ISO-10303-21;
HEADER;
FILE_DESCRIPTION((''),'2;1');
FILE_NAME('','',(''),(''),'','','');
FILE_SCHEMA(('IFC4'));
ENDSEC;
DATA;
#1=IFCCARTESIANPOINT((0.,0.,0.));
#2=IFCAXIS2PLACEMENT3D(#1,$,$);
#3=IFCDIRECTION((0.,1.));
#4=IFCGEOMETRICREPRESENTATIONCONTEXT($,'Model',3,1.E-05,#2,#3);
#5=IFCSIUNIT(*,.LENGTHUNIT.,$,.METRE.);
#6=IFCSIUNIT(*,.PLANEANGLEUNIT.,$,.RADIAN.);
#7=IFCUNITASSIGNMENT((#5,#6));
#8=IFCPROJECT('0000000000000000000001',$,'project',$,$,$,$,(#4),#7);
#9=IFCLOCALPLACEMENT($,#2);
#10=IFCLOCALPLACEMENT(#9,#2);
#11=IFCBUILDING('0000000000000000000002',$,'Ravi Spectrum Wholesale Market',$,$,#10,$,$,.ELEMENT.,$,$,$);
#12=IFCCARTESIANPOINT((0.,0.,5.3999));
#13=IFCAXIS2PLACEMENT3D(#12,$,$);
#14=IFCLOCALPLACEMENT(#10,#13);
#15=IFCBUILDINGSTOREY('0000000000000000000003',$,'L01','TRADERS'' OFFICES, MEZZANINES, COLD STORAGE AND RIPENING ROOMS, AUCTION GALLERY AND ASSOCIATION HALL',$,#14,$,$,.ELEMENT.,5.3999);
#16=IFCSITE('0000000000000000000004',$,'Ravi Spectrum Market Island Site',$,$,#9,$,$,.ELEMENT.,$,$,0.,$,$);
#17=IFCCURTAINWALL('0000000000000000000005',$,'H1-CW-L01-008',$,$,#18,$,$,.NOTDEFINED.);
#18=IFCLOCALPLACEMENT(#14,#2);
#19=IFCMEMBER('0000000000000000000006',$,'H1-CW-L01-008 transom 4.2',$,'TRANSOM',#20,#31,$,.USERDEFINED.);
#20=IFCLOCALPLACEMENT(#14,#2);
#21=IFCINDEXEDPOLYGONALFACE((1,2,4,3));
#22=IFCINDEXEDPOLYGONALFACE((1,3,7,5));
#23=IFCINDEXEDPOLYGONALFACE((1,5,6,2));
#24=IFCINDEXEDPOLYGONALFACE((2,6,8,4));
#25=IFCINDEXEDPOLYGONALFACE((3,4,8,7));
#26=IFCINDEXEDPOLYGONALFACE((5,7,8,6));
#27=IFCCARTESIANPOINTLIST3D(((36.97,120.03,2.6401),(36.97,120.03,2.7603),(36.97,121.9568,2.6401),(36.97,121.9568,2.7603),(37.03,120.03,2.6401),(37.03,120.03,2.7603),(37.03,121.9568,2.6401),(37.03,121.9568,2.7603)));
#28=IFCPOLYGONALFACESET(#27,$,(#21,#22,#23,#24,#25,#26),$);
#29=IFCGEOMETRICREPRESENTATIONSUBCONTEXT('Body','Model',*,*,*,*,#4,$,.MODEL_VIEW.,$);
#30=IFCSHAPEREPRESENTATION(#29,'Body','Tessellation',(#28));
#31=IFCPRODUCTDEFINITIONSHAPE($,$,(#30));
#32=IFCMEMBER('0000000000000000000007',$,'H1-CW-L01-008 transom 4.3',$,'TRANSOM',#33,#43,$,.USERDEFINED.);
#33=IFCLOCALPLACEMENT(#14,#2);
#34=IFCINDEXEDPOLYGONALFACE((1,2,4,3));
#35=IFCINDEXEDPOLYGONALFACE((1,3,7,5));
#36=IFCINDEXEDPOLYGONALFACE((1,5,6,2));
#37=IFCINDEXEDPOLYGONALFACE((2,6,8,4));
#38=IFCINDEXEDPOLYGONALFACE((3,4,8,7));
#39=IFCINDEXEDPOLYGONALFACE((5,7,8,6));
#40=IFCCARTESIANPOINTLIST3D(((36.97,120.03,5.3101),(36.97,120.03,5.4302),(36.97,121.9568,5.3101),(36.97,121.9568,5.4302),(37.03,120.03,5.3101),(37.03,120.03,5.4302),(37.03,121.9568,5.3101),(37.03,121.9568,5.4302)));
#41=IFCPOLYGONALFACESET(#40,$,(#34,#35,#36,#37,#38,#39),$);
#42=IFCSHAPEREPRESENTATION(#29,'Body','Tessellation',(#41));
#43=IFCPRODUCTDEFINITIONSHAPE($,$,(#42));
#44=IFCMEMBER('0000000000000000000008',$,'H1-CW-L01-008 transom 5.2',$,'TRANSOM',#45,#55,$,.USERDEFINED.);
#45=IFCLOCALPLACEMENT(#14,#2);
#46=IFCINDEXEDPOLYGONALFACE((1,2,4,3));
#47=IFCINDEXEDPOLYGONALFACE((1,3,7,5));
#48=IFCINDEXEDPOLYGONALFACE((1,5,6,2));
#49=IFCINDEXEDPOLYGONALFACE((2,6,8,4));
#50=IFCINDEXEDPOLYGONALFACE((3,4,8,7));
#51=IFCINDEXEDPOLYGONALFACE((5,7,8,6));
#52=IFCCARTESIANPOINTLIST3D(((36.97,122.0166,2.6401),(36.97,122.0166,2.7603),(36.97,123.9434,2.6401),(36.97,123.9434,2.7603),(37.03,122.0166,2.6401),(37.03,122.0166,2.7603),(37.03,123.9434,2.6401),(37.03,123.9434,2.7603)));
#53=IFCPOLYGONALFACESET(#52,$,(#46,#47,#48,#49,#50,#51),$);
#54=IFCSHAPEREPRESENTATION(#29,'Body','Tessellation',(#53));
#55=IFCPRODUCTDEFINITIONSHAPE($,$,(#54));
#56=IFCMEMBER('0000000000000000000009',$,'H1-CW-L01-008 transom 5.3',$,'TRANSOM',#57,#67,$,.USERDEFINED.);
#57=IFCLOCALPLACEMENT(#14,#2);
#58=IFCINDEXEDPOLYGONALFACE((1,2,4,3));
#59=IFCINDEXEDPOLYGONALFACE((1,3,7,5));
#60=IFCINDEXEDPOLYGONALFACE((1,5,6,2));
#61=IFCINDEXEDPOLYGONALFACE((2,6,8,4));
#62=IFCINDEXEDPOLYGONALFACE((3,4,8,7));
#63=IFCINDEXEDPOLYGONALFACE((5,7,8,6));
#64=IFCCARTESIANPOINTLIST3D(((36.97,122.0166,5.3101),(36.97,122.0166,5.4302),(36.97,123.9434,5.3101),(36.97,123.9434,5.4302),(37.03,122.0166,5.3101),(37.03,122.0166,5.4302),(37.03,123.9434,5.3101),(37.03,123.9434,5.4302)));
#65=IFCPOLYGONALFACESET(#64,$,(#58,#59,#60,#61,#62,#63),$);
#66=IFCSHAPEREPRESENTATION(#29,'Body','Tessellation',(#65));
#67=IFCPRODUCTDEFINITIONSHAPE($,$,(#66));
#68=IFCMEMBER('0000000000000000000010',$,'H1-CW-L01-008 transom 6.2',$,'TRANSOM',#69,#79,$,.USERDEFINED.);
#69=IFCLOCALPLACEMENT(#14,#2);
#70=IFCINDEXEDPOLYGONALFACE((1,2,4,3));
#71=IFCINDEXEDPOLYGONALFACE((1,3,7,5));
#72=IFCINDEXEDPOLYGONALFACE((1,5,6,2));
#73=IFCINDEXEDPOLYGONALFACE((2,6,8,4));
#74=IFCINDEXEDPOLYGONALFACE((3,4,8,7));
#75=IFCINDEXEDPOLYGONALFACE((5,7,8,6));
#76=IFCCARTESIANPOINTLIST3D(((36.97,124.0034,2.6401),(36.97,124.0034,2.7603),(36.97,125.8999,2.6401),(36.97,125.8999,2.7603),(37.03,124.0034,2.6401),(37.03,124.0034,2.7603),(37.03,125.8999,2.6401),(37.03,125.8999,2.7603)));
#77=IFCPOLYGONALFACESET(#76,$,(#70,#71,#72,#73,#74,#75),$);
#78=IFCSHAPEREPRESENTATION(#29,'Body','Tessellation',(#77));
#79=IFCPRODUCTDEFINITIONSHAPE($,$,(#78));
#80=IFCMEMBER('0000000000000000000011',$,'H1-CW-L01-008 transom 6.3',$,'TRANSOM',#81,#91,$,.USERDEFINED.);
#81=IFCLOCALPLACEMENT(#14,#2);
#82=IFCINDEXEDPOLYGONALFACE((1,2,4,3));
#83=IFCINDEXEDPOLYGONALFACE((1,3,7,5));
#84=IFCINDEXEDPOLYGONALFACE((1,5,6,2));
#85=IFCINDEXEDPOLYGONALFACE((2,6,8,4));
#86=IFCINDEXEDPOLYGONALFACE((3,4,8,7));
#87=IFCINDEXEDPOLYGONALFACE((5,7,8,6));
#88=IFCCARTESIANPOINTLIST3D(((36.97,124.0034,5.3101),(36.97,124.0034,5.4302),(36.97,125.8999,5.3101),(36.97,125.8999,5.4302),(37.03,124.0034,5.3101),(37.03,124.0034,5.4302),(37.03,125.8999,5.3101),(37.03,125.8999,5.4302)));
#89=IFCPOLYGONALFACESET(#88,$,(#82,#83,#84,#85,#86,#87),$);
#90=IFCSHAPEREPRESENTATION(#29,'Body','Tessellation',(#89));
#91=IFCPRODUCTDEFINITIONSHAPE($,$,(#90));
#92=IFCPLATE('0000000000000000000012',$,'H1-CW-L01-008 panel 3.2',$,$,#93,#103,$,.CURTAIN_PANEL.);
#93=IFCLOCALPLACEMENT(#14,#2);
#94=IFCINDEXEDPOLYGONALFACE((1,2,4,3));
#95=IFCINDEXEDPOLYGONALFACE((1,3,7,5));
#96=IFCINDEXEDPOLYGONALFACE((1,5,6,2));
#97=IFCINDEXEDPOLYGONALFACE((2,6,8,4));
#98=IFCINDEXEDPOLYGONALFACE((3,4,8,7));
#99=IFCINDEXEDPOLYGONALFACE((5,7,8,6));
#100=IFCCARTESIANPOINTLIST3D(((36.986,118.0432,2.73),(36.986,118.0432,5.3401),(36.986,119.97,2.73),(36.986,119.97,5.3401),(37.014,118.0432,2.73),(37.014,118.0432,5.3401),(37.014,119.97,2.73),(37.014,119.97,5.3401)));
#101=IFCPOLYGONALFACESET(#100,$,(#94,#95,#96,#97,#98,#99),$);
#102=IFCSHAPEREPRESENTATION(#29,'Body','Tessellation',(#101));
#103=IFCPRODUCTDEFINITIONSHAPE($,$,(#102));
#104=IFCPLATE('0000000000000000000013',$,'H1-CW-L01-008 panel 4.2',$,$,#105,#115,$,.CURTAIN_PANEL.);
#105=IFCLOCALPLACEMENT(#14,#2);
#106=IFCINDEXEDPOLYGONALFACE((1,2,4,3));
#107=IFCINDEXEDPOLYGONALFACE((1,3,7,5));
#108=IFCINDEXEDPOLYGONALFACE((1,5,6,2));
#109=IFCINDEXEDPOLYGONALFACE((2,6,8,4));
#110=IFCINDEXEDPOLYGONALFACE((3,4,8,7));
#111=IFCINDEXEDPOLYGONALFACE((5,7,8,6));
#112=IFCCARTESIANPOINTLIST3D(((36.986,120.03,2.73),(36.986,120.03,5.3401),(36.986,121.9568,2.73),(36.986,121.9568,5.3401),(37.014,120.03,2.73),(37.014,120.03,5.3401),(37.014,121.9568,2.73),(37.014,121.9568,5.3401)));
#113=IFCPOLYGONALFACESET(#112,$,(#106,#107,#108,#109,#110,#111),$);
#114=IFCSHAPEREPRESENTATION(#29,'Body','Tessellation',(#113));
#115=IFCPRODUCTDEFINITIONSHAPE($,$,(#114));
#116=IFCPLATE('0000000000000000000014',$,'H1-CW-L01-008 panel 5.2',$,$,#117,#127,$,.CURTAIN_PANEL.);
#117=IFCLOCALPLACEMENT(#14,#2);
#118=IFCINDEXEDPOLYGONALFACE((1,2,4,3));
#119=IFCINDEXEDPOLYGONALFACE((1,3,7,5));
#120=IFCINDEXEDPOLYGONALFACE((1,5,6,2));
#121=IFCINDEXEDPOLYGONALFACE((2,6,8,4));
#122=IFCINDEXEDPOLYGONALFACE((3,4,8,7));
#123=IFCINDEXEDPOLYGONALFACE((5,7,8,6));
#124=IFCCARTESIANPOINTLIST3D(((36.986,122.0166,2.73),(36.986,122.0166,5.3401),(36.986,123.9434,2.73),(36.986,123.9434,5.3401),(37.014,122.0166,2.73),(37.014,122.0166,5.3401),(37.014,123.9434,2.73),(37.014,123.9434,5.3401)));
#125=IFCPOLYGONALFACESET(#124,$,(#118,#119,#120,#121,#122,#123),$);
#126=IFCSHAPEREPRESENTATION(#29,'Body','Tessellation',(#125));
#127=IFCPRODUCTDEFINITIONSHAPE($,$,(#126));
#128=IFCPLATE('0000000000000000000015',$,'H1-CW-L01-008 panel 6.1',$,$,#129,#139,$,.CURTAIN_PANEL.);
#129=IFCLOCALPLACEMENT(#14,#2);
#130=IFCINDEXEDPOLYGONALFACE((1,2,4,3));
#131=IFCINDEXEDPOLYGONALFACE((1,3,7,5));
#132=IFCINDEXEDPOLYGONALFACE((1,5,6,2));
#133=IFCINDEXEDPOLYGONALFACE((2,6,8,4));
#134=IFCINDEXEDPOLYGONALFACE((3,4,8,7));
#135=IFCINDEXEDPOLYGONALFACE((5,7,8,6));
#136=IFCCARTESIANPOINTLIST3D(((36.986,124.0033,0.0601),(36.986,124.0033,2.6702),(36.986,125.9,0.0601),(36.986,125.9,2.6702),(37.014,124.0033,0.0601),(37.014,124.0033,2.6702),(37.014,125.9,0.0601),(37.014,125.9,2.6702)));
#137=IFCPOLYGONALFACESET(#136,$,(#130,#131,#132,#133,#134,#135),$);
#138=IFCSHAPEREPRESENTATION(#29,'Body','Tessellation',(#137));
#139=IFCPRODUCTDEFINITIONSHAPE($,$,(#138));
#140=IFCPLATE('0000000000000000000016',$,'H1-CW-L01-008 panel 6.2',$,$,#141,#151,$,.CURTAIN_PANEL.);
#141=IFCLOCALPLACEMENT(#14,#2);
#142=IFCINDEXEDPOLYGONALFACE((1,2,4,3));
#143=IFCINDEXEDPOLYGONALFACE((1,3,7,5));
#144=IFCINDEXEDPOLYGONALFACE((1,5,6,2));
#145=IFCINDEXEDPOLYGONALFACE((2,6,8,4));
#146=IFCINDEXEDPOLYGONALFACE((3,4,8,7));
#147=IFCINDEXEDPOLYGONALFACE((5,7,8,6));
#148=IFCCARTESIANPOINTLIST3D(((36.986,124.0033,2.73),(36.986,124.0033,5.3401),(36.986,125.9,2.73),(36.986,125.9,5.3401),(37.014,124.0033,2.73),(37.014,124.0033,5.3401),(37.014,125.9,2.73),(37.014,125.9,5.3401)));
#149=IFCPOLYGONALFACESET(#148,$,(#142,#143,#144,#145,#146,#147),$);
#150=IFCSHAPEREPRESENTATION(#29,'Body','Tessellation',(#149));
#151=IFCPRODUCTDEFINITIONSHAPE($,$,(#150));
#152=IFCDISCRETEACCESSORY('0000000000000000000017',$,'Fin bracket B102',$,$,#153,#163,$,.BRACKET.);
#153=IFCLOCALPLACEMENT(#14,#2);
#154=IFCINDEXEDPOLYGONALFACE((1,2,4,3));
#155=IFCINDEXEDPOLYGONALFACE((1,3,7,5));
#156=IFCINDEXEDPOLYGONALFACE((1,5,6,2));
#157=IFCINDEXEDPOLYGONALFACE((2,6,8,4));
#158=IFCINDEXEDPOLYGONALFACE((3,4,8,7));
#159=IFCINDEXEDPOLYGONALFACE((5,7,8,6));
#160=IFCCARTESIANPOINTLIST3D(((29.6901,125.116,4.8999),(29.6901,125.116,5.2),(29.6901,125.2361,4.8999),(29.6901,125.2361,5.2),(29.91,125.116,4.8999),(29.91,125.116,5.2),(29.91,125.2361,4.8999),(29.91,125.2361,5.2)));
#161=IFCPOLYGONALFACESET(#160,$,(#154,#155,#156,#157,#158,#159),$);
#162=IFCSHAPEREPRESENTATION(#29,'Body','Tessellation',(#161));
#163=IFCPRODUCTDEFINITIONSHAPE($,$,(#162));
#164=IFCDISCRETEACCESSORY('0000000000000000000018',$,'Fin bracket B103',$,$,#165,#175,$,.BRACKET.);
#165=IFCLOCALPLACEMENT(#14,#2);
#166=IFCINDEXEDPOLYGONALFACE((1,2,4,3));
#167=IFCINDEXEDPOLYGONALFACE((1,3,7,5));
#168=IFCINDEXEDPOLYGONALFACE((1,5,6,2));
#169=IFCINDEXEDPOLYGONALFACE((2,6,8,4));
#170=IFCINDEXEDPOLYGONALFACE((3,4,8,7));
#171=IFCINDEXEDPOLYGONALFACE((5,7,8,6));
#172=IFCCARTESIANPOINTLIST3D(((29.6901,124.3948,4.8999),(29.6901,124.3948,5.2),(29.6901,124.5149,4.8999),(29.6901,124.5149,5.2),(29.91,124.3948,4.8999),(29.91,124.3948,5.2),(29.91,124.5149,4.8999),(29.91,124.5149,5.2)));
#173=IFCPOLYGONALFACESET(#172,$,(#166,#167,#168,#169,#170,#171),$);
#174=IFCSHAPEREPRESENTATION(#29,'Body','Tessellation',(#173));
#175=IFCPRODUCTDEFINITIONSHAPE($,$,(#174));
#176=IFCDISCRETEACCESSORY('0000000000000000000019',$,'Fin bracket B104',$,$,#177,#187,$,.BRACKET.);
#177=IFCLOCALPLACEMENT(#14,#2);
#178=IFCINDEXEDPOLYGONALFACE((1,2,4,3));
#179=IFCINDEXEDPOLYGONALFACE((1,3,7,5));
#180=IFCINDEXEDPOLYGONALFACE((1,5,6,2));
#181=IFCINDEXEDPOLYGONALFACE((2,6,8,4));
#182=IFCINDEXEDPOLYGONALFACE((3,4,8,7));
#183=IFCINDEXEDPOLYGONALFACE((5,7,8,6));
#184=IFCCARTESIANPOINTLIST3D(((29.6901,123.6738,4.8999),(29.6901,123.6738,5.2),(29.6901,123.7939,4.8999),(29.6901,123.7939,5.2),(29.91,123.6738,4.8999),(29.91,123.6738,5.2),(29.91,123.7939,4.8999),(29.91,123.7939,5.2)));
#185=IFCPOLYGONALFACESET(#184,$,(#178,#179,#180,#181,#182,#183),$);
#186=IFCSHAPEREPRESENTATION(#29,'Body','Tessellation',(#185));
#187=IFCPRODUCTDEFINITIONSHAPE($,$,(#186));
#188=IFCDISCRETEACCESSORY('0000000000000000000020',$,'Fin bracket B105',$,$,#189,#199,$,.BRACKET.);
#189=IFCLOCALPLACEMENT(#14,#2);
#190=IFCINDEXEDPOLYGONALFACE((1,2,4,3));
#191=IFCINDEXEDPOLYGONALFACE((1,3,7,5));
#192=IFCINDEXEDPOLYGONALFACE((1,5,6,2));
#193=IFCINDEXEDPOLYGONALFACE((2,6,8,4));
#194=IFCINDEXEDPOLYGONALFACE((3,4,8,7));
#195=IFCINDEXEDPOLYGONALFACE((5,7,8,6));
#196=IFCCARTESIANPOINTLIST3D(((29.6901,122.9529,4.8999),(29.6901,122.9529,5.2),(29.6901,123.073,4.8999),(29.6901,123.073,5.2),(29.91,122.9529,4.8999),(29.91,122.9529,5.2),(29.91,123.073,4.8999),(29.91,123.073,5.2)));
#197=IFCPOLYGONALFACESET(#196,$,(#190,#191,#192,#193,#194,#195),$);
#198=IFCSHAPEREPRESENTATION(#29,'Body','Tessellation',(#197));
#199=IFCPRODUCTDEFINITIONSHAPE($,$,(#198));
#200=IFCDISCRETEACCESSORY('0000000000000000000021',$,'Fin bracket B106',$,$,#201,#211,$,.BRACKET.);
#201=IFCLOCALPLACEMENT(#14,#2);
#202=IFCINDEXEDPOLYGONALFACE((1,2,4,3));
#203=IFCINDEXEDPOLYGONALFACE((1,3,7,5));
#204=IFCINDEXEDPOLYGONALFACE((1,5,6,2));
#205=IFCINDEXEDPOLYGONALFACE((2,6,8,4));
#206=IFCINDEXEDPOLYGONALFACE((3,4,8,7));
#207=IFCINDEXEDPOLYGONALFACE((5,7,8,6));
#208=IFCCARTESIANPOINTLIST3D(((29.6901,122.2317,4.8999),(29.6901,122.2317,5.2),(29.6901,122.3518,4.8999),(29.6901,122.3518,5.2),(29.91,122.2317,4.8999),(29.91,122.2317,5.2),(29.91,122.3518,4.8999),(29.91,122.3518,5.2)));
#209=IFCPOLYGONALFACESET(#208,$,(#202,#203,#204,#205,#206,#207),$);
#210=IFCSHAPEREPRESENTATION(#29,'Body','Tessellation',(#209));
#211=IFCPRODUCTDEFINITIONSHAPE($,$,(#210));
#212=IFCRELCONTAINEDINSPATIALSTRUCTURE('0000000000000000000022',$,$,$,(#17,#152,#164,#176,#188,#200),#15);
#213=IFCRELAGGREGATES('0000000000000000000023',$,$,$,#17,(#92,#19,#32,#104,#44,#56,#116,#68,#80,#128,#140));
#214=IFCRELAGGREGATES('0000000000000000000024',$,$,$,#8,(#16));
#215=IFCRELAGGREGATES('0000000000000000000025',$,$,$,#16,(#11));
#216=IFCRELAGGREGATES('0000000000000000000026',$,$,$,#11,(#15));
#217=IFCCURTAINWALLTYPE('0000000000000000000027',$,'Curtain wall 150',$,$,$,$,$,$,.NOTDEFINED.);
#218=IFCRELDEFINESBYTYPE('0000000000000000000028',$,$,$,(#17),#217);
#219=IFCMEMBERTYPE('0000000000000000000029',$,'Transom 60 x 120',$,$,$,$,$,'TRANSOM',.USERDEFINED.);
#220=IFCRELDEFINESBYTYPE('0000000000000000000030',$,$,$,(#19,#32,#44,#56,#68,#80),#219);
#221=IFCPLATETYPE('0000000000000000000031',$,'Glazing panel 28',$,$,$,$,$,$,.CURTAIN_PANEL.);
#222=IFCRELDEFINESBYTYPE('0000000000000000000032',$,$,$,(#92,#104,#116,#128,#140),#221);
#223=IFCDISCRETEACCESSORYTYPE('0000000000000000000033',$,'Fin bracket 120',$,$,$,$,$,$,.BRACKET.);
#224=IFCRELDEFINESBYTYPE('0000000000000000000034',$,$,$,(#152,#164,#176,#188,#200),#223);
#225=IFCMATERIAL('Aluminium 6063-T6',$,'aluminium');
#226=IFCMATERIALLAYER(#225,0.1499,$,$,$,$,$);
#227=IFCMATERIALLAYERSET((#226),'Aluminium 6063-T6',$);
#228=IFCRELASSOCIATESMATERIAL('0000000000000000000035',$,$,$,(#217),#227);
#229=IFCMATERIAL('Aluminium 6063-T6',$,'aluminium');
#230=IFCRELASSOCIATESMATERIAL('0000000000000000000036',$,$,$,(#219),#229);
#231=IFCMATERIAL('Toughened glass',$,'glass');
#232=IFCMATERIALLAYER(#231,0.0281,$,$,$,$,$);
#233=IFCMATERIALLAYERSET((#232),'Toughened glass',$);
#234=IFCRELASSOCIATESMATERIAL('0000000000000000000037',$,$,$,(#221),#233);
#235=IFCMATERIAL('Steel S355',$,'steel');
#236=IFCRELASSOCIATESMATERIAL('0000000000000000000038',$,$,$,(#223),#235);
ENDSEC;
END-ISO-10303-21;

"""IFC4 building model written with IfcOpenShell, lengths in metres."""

from ifc_helpers import new_model, si_unit, direction, frame, origin, origin_2d, place, context, subcontext, project, spatial, rectangle, extrude, material, layer, layer_set, material_profile, profile_set, type_object, element, aggregate, save


model = new_model("IFC4")

# Units and contexts
model_context = context("Model", 3, precision=1e-05, world=origin(), true_north=direction((0.0, 1.0)))
body_context = subcontext(model_context, "Body", "Model", "MODEL_VIEW")
ifc_project = project(units=[si_unit("LENGTHUNIT", "METRE"), si_unit("PLANEANGLEUNIT", "RADIAN")], contexts=[model_context])

# Site, building, storey
site_placement = place(None, origin())
site = spatial("IfcSite", under=ifc_project, at=site_placement, Name="Ravi Spectrum Market Island Site", CompositionType="ELEMENT", RefElevation=0.0)
building_placement = place(site_placement, origin())
building = spatial("IfcBuilding", under=site, at=building_placement, Name="Ravi Spectrum Wholesale Market", CompositionType="ELEMENT")
storey_placement = place(building_placement, frame((0.0, 0.0, 5.3999)))
storey = spatial("IfcBuildingStorey", under=building, at=storey_placement, Name="L01", Description="TRADERS' OFFICES, MEZZANINES, COLD STORAGE AND RIPENING ROOMS, AUCTION GALLERY AND ASSOCIATION HALL", CompositionType="ELEMENT", Elevation=5.3999)

# Curtain wall, members, plates
ifc_material_1 = material(Name="Aluminium 6063-T6", Category="aluminium")
ifc_layer_1 = layer(ifc_material_1, 0.1499)
ifc_layer_set_1 = layer_set([ifc_layer_1], Name="Aluminium 6063-T6")
curtain_wall_type = type_object("IfcCurtainWallType", Name="Curtain wall 150", PredefinedType="NOTDEFINED", material=ifc_layer_set_1)
curtain_wall_placement = place(storey_placement, origin())
curtain_wall = element("IfcCurtainWall", 1, at=curtain_wall_placement, inside=storey, type_object=curtain_wall_type, Name="H1-CW-L01-008", PredefinedType="NOTDEFINED")
ifc_material_2 = material(Name="Aluminium 6063-T6", Category="aluminium")
ifc_material_profile_1 = material_profile(ifc_material_2, rectangle(XDim=0.0601, YDim=0.1201, at=origin_2d()))
ifc_profile_set_1 = profile_set([ifc_material_profile_1], Name="Aluminium 6063-T6")
member_type = type_object("IfcMemberType", Name="Transom 60 x 120", ElementType="TRANSOM", PredefinedType="USERDEFINED", material=ifc_profile_set_1)
member_1_placement = place(storey_placement, frame((37.0, 120.03, 2.7002), z_axis=(0.0, 1.0, 0.0), x_axis=(-1.0, 0.0, 0.0)))
member_1 = element("IfcMember", 2, at=member_1_placement, type_object=member_type, Name="H1-CW-L01-008 transom 4.2", ObjectType="TRANSOM", PredefinedType="USERDEFINED", context=body_context, shape_type="SweptSolid", body=[
    extrude(rectangle(XDim=0.0601, YDim=0.1201, at=origin_2d()), origin(), (0.0, 0.0, 1.0), 1.9268),
])
member_2_placement = place(storey_placement, frame((37.0, 120.03, 5.3701), z_axis=(0.0, 1.0, 0.0), x_axis=(-1.0, 0.0, 0.0)))
member_2 = element("IfcMember", 3, at=member_2_placement, type_object=member_type, Name="H1-CW-L01-008 transom 4.3", ObjectType="TRANSOM", PredefinedType="USERDEFINED", context=body_context, shape_type="SweptSolid", body=[
    extrude(rectangle(XDim=0.0601, YDim=0.1201, at=origin_2d()), origin(), (0.0, 0.0, 1.0), 1.9268),
])
member_3_placement = place(storey_placement, frame((37.0, 122.0166, 2.7002), z_axis=(0.0, 1.0, 0.0), x_axis=(-1.0, 0.0, 0.0)))
member_3 = element("IfcMember", 4, at=member_3_placement, type_object=member_type, Name="H1-CW-L01-008 transom 5.2", ObjectType="TRANSOM", PredefinedType="USERDEFINED", context=body_context, shape_type="SweptSolid", body=[
    extrude(rectangle(XDim=0.0601, YDim=0.1201, at=origin_2d()), origin(), (0.0, 0.0, 1.0), 1.9268),
])
member_4_placement = place(storey_placement, frame((37.0, 122.0166, 5.3701), z_axis=(0.0, 1.0, 0.0), x_axis=(-1.0, 0.0, 0.0)))
member_4 = element("IfcMember", 5, at=member_4_placement, type_object=member_type, Name="H1-CW-L01-008 transom 5.3", ObjectType="TRANSOM", PredefinedType="USERDEFINED", context=body_context, shape_type="SweptSolid", body=[
    extrude(rectangle(XDim=0.0601, YDim=0.1201, at=origin_2d()), origin(), (0.0, 0.0, 1.0), 1.9268),
])
member_5_placement = place(storey_placement, frame((37.0, 124.0034, 2.7002), z_axis=(0.0, 1.0, 0.0), x_axis=(-1.0, 0.0, 0.0)))
member_5 = element("IfcMember", 6, at=member_5_placement, type_object=member_type, Name="H1-CW-L01-008 transom 6.2", ObjectType="TRANSOM", PredefinedType="USERDEFINED", context=body_context, shape_type="SweptSolid", body=[
    extrude(rectangle(XDim=0.0601, YDim=0.1201, at=origin_2d()), origin(), (0.0, 0.0, 1.0), 1.8965),
])
member_6_placement = place(storey_placement, frame((37.0, 124.0034, 5.3701), z_axis=(0.0, 1.0, 0.0), x_axis=(-1.0, 0.0, 0.0)))
member_6 = element("IfcMember", 7, at=member_6_placement, type_object=member_type, Name="H1-CW-L01-008 transom 6.3", ObjectType="TRANSOM", PredefinedType="USERDEFINED", context=body_context, shape_type="SweptSolid", body=[
    extrude(rectangle(XDim=0.0601, YDim=0.1201, at=origin_2d()), origin(), (0.0, 0.0, 1.0), 1.8965),
])
ifc_material_3 = material(Name="Toughened glass", Category="glass")
ifc_layer_2 = layer(ifc_material_3, 0.0281)
ifc_layer_set_2 = layer_set([ifc_layer_2], Name="Toughened glass")
plate_type = type_object("IfcPlateType", Name="Glazing panel 28", PredefinedType="CURTAIN_PANEL", material=ifc_layer_set_2)
plate_1_placement = place(storey_placement, frame((37.0, 119.0066, 2.73), z_axis=(0.0, 0.0, 1.0), x_axis=(0.0, 1.0, 0.0)))
plate_1 = element("IfcPlate", 8, at=plate_1_placement, type_object=plate_type, Name="H1-CW-L01-008 panel 3.2", PredefinedType="CURTAIN_PANEL", context=body_context, shape_type="SweptSolid", body=[
    extrude(rectangle(XDim=1.9268, YDim=0.0281, at=origin_2d()), origin(), (0.0, 0.0, 1.0), 2.6101),
])
plate_2_placement = place(storey_placement, frame((37.0, 120.9934, 2.73), z_axis=(0.0, 0.0, 1.0), x_axis=(0.0, 1.0, 0.0)))
plate_2 = element("IfcPlate", 9, at=plate_2_placement, type_object=plate_type, Name="H1-CW-L01-008 panel 4.2", PredefinedType="CURTAIN_PANEL", context=body_context, shape_type="SweptSolid", body=[
    extrude(rectangle(XDim=1.9268, YDim=0.0281, at=origin_2d()), origin(), (0.0, 0.0, 1.0), 2.6101),
])
plate_3_placement = place(storey_placement, frame((37.0, 122.98, 2.73), z_axis=(0.0, 0.0, 1.0), x_axis=(0.0, 1.0, 0.0)))
plate_3 = element("IfcPlate", 10, at=plate_3_placement, type_object=plate_type, Name="H1-CW-L01-008 panel 5.2", PredefinedType="CURTAIN_PANEL", context=body_context, shape_type="SweptSolid", body=[
    extrude(rectangle(XDim=1.9268, YDim=0.0281, at=origin_2d()), origin(), (0.0, 0.0, 1.0), 2.6101),
])
plate_4_placement = place(storey_placement, frame((37.0, 124.9517, 0.0601), z_axis=(0.0, 0.0, 1.0), x_axis=(0.0, 1.0, 0.0)))
plate_4 = element("IfcPlate", 11, at=plate_4_placement, type_object=plate_type, Name="H1-CW-L01-008 panel 6.1", PredefinedType="CURTAIN_PANEL", context=body_context, shape_type="SweptSolid", body=[
    extrude(rectangle(XDim=1.8967, YDim=0.0281, at=origin_2d()), origin(), (0.0, 0.0, 1.0), 2.6101),
])
plate_5_placement = place(storey_placement, frame((37.0, 124.9517, 2.73), z_axis=(0.0, 0.0, 1.0), x_axis=(0.0, 1.0, 0.0)))
plate_5 = element("IfcPlate", 12, at=plate_5_placement, type_object=plate_type, Name="H1-CW-L01-008 panel 6.2", PredefinedType="CURTAIN_PANEL", context=body_context, shape_type="SweptSolid", body=[
    extrude(rectangle(XDim=1.8967, YDim=0.0281, at=origin_2d()), origin(), (0.0, 0.0, 1.0), 2.6101),
])
aggregate(curtain_wall, [plate_1, member_1, member_2, plate_2, member_3, member_4, plate_3, member_5, member_6, plate_4, plate_5])

# Discrete accessories
ifc_material_4 = material(Name="Steel S355", Category="steel")
discrete_accessory_type_1 = type_object("IfcDiscreteAccessoryType", Name="Fin bracket 120", PredefinedType="BRACKET", material=ifc_material_4)
for number, where, z_axis, x_axis, name in (
    (13, (29.8, 125.176, 4.8999), (0.0, 0.0, 1.0), (0.0, -1.0, 0.0), "Fin bracket B102"),
    (14, (29.8, 124.4548, 4.8999), (0.0, 0.0, 1.0), (0.0, -1.0, 0.0), "Fin bracket B103"),
    (15, (29.8, 123.7339, 4.8999), (0.0, 0.0, 1.0), (0.0, -1.0, 0.0), "Fin bracket B104"),
    (16, (29.8, 123.0129, 4.8999), (0.0, 0.0, 1.0), (0.0, -1.0, 0.0), "Fin bracket B105"),
    (17, (29.8, 122.2917, 4.8999), (0.0, 0.0, 1.0), (0.0, -1.0, 0.0), "Fin bracket B106"),
):
    element("IfcDiscreteAccessory", number, at=place(storey_placement, frame(where, z_axis=z_axis, x_axis=x_axis)), inside=storey, type_object=discrete_accessory_type_1, Name=name, PredefinedType="BRACKET", context=body_context, shape_type="SweptSolid", body=[
        extrude(rectangle(XDim=0.1201, YDim=0.22, at=origin_2d()), origin(), (0.0, 0.0, 1.0), 0.3),
    ])

save(model, "model.ifc")
